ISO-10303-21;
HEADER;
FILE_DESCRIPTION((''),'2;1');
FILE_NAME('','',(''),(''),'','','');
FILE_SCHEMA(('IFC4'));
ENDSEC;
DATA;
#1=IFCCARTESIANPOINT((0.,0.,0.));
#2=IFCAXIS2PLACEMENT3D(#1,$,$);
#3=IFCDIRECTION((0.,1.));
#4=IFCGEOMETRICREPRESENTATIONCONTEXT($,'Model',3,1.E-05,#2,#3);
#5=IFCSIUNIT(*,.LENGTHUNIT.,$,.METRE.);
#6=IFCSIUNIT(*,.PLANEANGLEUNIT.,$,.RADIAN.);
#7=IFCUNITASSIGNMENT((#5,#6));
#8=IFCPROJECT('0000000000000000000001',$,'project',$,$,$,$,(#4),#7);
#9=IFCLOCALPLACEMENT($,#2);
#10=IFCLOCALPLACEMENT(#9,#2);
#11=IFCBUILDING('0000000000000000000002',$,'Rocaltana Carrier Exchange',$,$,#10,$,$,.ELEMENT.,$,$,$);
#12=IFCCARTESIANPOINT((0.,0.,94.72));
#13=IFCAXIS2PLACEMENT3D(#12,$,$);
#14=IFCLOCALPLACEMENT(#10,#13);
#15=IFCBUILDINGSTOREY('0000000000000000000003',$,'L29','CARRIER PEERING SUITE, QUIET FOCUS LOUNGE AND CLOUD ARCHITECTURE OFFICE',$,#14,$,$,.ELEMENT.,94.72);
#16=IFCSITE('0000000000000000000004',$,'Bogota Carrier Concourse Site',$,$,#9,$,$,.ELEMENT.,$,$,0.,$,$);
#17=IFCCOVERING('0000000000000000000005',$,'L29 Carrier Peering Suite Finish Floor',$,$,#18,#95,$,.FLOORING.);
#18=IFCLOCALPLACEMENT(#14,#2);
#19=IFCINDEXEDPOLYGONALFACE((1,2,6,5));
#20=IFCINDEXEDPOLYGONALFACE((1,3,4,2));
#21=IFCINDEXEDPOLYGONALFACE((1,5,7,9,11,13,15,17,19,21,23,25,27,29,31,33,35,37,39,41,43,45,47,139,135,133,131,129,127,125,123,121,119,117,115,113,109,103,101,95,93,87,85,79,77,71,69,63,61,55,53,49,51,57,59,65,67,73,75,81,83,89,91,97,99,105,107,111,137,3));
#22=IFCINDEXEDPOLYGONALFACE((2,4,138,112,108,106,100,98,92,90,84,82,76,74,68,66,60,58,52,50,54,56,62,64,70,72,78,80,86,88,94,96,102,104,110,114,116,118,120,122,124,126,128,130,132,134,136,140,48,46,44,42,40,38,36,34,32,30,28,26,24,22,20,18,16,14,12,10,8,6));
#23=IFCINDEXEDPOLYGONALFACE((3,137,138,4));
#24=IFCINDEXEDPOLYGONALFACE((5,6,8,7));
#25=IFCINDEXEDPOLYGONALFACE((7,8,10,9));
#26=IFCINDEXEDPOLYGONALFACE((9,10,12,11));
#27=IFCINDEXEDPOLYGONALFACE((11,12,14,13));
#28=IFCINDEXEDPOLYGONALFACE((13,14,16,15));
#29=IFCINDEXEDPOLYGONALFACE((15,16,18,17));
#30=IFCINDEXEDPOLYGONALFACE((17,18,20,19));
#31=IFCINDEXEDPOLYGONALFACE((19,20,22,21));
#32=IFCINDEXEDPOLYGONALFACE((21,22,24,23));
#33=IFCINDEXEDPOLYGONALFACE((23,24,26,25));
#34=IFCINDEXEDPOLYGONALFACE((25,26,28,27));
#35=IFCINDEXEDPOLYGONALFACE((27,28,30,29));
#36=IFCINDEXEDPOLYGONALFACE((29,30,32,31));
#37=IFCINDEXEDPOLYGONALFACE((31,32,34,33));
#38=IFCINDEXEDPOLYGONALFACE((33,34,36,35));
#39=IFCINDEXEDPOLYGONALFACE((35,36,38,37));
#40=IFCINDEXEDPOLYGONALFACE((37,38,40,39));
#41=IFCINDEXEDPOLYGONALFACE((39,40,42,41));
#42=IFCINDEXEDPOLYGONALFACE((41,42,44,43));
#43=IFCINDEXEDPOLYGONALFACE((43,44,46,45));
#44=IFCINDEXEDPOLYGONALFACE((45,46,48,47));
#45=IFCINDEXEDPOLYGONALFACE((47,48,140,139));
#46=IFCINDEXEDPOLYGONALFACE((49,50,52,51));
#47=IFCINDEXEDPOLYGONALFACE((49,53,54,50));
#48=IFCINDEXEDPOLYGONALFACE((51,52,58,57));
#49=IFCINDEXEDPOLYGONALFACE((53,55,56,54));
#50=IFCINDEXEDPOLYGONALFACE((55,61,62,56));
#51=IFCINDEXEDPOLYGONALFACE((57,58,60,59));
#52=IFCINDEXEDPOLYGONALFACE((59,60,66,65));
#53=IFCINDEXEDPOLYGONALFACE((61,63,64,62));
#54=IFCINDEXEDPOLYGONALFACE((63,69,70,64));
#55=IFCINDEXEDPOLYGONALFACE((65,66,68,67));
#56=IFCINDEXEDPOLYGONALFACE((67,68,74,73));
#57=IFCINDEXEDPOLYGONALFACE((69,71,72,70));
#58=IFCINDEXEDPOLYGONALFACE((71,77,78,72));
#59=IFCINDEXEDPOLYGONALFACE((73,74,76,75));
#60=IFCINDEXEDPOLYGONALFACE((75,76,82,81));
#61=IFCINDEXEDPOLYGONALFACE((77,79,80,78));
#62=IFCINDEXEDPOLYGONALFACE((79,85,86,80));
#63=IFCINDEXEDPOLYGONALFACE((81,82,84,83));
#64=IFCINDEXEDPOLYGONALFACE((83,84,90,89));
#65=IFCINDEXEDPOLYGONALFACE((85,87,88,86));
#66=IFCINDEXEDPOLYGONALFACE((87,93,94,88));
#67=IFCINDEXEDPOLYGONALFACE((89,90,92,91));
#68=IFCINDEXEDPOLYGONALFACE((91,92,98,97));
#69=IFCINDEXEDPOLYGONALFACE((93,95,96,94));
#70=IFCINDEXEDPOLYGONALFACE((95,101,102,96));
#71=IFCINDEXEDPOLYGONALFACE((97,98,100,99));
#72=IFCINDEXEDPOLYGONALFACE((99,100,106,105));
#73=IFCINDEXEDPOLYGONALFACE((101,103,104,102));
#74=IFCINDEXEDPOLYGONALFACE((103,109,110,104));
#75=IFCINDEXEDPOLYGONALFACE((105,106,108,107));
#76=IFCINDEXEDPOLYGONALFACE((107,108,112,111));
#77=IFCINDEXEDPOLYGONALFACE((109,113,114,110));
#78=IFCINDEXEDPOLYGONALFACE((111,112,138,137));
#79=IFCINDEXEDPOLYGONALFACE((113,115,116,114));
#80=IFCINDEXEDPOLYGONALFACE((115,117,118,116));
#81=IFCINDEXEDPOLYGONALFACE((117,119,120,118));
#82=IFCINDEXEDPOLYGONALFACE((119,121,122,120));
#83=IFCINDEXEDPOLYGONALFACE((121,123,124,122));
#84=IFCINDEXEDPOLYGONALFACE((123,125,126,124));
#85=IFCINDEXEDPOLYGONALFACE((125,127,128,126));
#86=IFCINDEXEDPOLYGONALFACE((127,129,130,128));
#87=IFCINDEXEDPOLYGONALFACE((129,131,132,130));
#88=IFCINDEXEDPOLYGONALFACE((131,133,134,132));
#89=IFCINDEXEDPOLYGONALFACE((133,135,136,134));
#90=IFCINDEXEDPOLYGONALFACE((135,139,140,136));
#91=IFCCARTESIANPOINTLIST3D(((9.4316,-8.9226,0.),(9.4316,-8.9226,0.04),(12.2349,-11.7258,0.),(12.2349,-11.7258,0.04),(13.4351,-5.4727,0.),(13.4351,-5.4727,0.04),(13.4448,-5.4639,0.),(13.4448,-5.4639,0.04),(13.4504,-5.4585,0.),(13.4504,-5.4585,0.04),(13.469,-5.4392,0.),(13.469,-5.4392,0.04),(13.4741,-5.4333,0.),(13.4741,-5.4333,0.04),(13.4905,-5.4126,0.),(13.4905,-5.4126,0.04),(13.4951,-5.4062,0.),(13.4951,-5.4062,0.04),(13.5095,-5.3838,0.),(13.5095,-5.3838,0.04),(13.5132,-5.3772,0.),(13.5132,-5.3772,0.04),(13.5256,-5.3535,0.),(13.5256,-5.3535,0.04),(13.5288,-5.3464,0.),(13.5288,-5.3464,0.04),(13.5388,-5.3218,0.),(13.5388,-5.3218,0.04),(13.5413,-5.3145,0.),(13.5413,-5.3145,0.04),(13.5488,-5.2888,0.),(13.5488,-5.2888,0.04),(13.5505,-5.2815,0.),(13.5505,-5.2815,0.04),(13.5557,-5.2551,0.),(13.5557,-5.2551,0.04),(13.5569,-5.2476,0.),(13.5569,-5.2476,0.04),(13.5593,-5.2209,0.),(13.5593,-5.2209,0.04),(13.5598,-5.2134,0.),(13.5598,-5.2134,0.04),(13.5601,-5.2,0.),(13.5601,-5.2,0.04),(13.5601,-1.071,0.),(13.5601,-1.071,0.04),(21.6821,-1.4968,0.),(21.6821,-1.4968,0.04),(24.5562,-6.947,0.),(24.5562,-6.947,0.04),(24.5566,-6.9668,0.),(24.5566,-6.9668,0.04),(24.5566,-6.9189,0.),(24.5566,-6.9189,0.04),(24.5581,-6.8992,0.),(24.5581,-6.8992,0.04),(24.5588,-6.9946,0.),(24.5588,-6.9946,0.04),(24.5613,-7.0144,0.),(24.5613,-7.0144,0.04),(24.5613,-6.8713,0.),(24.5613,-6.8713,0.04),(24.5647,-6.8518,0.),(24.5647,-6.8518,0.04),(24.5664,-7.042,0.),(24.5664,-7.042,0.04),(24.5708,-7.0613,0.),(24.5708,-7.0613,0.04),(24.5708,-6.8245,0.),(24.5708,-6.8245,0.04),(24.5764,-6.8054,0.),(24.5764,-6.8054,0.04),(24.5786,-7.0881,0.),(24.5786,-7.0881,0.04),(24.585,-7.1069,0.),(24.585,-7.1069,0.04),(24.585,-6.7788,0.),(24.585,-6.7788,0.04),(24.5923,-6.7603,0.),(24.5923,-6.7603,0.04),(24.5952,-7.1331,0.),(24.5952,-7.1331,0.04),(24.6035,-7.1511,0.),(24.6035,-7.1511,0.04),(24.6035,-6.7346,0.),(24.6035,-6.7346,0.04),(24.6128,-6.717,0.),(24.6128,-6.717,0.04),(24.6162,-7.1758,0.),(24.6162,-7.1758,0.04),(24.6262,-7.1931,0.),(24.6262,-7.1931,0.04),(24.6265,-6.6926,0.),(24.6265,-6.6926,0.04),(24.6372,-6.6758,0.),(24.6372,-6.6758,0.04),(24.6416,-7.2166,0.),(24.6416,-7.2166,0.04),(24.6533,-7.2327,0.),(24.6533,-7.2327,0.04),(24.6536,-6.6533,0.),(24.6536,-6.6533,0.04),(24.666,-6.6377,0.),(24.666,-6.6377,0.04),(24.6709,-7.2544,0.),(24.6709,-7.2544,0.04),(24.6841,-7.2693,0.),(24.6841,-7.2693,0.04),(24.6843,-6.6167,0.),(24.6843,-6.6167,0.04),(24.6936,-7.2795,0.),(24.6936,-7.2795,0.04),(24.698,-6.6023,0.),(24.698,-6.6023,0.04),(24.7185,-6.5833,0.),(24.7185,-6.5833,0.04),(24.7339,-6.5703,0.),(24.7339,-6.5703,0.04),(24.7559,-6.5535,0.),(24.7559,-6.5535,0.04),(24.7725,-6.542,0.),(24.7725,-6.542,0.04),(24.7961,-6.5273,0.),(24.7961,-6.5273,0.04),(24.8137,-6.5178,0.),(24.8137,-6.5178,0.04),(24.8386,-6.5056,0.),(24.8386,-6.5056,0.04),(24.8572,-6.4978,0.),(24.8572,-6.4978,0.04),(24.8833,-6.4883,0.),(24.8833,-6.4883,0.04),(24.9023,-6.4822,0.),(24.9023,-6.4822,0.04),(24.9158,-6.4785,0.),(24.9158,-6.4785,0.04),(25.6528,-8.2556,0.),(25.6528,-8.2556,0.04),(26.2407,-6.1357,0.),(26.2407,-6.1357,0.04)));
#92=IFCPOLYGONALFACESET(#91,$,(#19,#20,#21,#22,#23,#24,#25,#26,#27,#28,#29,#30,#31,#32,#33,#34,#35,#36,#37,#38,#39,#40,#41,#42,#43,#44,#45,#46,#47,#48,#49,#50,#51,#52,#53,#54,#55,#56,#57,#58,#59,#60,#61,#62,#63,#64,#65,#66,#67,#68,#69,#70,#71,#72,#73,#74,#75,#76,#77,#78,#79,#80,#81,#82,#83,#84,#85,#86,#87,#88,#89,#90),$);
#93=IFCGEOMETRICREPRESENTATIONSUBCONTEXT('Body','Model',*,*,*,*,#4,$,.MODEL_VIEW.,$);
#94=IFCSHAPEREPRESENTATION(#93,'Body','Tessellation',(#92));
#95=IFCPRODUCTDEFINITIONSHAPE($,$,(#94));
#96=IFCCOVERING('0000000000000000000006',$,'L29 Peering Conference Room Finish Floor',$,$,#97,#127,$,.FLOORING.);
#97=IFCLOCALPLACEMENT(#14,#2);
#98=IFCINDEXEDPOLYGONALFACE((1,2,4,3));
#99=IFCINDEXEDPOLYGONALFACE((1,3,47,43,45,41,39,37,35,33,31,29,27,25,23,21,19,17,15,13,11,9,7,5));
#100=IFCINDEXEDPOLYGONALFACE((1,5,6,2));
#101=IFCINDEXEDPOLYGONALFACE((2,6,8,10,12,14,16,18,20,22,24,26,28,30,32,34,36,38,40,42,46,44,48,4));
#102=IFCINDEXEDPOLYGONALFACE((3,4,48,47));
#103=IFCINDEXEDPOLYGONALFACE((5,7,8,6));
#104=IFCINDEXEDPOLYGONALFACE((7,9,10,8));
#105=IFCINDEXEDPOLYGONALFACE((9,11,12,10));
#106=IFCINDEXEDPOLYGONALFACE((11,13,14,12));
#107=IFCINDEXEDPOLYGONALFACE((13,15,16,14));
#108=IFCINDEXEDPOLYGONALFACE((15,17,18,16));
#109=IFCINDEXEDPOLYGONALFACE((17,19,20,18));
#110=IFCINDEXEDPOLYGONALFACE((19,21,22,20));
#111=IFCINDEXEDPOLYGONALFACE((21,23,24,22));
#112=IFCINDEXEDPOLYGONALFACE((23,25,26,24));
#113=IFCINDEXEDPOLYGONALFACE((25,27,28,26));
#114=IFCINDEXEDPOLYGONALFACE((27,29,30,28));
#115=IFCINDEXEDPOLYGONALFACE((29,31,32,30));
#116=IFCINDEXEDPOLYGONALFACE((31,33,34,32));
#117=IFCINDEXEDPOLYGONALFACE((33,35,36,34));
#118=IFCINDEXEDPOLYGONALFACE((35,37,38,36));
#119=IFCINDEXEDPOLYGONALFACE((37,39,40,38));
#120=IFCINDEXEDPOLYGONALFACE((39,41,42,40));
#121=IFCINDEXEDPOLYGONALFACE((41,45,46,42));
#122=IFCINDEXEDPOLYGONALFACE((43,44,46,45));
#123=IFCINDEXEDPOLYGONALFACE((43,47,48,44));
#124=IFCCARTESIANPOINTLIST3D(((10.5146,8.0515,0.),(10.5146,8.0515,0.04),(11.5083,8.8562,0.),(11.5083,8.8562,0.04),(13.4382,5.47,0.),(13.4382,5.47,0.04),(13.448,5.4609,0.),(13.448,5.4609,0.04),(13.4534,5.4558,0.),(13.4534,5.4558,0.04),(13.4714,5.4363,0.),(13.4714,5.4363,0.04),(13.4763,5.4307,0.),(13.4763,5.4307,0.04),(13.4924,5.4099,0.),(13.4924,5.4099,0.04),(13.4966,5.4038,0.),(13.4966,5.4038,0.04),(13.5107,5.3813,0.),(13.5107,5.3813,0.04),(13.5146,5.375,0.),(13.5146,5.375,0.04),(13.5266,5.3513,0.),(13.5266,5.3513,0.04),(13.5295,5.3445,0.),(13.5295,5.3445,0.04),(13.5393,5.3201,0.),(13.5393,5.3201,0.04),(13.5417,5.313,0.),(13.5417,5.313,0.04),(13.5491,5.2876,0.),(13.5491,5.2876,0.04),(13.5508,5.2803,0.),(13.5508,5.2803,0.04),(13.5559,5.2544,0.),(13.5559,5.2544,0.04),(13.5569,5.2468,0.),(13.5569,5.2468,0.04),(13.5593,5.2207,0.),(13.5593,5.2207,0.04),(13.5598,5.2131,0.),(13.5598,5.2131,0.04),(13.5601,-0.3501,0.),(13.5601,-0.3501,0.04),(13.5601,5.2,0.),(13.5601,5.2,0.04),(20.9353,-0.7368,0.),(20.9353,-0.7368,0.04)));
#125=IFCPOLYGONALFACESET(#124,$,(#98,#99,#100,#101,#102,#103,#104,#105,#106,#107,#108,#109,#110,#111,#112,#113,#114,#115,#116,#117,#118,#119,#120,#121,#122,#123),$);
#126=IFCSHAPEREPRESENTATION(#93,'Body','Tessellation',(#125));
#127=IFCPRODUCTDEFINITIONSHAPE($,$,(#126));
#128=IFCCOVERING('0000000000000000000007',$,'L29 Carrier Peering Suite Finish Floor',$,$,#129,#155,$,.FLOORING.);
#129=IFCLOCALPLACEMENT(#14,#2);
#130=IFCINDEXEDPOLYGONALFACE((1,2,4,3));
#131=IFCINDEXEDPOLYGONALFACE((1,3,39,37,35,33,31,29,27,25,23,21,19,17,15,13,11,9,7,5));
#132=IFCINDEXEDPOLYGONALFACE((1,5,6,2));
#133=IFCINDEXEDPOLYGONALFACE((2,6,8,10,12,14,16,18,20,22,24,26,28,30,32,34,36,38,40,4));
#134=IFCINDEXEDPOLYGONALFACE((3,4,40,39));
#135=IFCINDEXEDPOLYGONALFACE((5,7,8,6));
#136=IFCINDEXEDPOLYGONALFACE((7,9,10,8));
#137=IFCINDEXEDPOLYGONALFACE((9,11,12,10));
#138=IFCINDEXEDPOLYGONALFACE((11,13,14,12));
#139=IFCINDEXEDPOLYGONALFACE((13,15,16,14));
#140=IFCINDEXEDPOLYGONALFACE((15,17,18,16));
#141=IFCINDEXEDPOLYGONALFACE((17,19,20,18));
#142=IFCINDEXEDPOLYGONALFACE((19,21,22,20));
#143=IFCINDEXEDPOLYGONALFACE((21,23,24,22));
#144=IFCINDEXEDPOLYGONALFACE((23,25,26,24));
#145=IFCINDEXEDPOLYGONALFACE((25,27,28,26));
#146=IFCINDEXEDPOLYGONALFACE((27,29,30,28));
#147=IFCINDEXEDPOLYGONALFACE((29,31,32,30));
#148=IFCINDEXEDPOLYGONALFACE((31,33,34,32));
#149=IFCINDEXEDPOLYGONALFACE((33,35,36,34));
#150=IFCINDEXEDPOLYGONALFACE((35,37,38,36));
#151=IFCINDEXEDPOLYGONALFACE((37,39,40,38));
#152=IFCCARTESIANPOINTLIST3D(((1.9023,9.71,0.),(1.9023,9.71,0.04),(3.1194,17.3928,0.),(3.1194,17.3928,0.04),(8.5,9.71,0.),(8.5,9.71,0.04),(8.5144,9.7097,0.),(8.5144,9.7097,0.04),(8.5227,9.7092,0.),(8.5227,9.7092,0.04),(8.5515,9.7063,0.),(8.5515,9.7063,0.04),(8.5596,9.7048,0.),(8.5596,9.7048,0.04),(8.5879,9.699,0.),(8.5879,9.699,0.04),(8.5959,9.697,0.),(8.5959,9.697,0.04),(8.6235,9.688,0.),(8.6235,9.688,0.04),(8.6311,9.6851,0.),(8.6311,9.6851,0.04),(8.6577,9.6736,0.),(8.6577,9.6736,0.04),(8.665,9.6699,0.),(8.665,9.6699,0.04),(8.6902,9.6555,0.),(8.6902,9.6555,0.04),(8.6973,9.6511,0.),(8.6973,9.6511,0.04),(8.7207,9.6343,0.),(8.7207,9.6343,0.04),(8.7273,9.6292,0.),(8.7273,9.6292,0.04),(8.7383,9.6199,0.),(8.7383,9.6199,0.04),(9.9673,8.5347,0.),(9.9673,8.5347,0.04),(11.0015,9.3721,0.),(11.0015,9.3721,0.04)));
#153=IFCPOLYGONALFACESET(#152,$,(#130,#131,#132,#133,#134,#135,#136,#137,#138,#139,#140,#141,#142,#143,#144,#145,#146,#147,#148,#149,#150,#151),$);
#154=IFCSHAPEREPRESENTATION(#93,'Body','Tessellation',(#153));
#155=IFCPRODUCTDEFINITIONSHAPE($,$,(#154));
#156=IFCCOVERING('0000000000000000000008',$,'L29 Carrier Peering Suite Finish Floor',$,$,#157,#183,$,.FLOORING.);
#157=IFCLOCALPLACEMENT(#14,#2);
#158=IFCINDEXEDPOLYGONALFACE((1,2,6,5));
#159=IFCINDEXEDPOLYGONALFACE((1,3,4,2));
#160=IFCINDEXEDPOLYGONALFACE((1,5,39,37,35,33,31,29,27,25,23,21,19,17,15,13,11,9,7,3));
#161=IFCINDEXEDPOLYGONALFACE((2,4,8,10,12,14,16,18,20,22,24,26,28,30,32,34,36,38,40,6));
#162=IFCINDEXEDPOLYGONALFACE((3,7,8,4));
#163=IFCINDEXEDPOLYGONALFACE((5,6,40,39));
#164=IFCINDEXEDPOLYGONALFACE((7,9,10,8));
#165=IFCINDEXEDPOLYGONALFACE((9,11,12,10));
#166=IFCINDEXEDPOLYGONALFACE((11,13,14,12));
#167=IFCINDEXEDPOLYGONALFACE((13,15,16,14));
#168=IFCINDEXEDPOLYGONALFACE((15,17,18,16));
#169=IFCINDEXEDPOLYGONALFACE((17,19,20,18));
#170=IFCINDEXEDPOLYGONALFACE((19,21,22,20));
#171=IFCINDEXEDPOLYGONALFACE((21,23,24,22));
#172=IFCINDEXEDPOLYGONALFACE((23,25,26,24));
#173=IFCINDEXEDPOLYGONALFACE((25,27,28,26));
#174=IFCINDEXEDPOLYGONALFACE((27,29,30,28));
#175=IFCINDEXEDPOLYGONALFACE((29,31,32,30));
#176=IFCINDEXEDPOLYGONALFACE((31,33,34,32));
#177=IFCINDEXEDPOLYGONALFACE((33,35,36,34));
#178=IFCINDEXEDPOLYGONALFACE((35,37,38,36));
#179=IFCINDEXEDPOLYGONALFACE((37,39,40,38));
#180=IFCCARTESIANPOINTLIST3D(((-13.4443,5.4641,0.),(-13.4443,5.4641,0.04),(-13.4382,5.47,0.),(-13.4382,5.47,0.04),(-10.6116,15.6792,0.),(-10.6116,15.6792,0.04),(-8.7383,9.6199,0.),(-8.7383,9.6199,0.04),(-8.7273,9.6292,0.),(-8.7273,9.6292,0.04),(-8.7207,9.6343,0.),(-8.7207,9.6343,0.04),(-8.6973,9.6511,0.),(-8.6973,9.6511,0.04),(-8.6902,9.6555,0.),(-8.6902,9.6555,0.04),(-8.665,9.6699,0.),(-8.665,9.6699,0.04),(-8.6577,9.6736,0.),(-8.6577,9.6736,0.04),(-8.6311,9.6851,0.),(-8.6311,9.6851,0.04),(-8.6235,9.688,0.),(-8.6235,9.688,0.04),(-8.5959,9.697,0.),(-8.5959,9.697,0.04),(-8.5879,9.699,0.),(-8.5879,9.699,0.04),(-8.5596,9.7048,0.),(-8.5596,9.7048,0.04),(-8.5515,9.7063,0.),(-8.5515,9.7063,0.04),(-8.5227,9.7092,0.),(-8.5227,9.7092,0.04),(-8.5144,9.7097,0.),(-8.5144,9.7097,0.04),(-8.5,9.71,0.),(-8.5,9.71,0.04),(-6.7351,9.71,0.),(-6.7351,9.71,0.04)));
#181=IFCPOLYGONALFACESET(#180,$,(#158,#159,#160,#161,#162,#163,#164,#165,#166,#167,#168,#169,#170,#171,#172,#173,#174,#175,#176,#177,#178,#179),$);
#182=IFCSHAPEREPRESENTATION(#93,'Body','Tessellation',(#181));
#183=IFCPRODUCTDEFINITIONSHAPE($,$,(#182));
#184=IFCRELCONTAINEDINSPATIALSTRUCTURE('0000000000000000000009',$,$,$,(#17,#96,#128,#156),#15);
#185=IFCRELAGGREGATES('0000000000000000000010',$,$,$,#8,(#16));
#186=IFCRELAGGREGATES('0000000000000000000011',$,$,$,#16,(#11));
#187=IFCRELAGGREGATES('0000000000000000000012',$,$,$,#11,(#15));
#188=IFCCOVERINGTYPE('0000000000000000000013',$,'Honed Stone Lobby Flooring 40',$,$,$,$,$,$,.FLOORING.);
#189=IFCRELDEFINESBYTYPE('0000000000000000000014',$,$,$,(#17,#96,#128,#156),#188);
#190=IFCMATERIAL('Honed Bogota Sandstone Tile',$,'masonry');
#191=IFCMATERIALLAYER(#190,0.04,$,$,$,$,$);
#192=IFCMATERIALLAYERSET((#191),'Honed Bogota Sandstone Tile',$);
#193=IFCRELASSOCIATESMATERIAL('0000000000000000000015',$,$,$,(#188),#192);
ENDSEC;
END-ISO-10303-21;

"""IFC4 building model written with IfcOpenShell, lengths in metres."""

from ifc_helpers import new_model, si_unit, direction, frame, origin, place, context, subcontext, project, spatial, polyline, outline, extrude, material, layer, layer_set, type_object, element, save


model = new_model("IFC4")

# Units and contexts
model_context = context("Model", 3, precision=1e-05, world=origin(), true_north=direction((0.0, 1.0)))
body_context = subcontext(model_context, "Body", "Model", "MODEL_VIEW")
ifc_project = project(units=[si_unit("LENGTHUNIT", "METRE"), si_unit("PLANEANGLEUNIT", "RADIAN")], contexts=[model_context])

# Site, building, storey
site_placement = place(None, origin())
site = spatial("IfcSite", under=ifc_project, at=site_placement, Name="Bogota Carrier Concourse Site", CompositionType="ELEMENT", RefElevation=0.0)
building_placement = place(site_placement, origin())
building = spatial("IfcBuilding", under=site, at=building_placement, Name="Rocaltana Carrier Exchange", CompositionType="ELEMENT")
storey_placement = place(building_placement, frame((0.0, 0.0, 94.72)))
storey = spatial("IfcBuildingStorey", under=building, at=storey_placement, Name="L29", Description="CARRIER PEERING SUITE, QUIET FOCUS LOUNGE AND CLOUD ARCHITECTURE OFFICE", CompositionType="ELEMENT", Elevation=94.72)

# Coverings
ifc_material_1 = material(Name="Honed Bogota Sandstone Tile", Category="masonry")
ifc_layer_1 = layer(ifc_material_1, 0.04)
ifc_layer_set_1 = layer_set([ifc_layer_1], Name="Honed Bogota Sandstone Tile")
covering_type_1 = type_object("IfcCoveringType", Name="Honed Stone Lobby Flooring 40", PredefinedType="FLOORING", material=ifc_layer_set_1)
covering_1_placement = place(storey_placement, origin())
element("IfcCovering", 1, at=covering_1_placement, inside=storey, type_object=covering_type_1, Name="L29 Carrier Peering Suite Finish Floor", PredefinedType="FLOORING", context=body_context, shape_type="SweptSolid", body=[
    extrude(outline(polyline([(26.2407, -6.1357), (24.9158, -6.4785), (24.9023, -6.4822), (24.8833, -6.4883), (24.8572, -6.4978), (24.8386, -6.5056), (24.8137, -6.5178), (24.7961, -6.5273), (24.7725, -6.542), (24.7559, -6.5535), (24.7339, -6.5703), (24.7185, -6.5833), (24.698, -6.6023), (24.6843, -6.6167), (24.666, -6.6377), (24.6536, -6.6533), (24.6372, -6.6758), (24.6265, -6.6926), (24.6128, -6.717), (24.6035, -6.7346), (24.5923, -6.7603), (24.585, -6.7788), (24.5764, -6.8054), (24.5708, -6.8245), (24.5647, -6.8518), (24.5613, -6.8713), (24.5581, -6.8992), (24.5566, -6.9189), (24.5562, -6.947), (24.5566, -6.9668), (24.5588, -6.9946), (24.5613, -7.0144), (24.5664, -7.042), (24.5708, -7.0613), (24.5786, -7.0881), (24.585, -7.1069), (24.5952, -7.1331), (24.6035, -7.1511), (24.6162, -7.1758), (24.6262, -7.1931), (24.6416, -7.2166), (24.6533, -7.2327), (24.6709, -7.2544), (24.6841, -7.2693), (24.6936, -7.2795), (25.6528, -8.2556), (12.2349, -11.7258), (9.4316, -8.9226), (13.4351, -5.4727), (13.4448, -5.4639), (13.4504, -5.4585), (13.469, -5.4392), (13.4741, -5.4333), (13.4905, -5.4126), (13.4951, -5.4062), (13.5095, -5.3838), (13.5132, -5.3772), (13.5256, -5.3535), (13.5288, -5.3464), (13.5388, -5.3218), (13.5413, -5.3145), (13.5488, -5.2888), (13.5505, -5.2815), (13.5557, -5.2551), (13.5569, -5.2476), (13.5593, -5.2209), (13.5598, -5.2134), (13.5601, -5.2), (13.5601, -1.071), (21.6821, -1.4968), (26.2407, -6.1357)])), origin(), (0.0, 0.0, 1.0), 0.04),
])
covering_2_placement = place(storey_placement, origin())
element("IfcCovering", 2, at=covering_2_placement, inside=storey, type_object=covering_type_1, Name="L29 Peering Conference Room Finish Floor", PredefinedType="FLOORING", context=body_context, shape_type="SweptSolid", body=[
    extrude(outline(polyline([(20.9353, -0.7368), (13.5601, -0.3501), (13.5601, 5.2), (13.5598, 5.2131), (13.5593, 5.2207), (13.5569, 5.2468), (13.5559, 5.2544), (13.5508, 5.2803), (13.5491, 5.2876), (13.5417, 5.313), (13.5393, 5.3201), (13.5295, 5.3445), (13.5266, 5.3513), (13.5146, 5.375), (13.5107, 5.3813), (13.4966, 5.4038), (13.4924, 5.4099), (13.4763, 5.4307), (13.4714, 5.4363), (13.4534, 5.4558), (13.448, 5.4609), (13.4382, 5.47), (10.5146, 8.0515), (11.5083, 8.8562), (20.9353, -0.7368)])), origin(), (0.0, 0.0, 1.0), 0.04),
])
covering_3_placement = place(storey_placement, origin())
element("IfcCovering", 3, at=covering_3_placement, inside=storey, type_object=covering_type_1, Name="L29 Carrier Peering Suite Finish Floor", PredefinedType="FLOORING", context=body_context, shape_type="SweptSolid", body=[
    extrude(outline(polyline([(11.0015, 9.3721), (9.9673, 8.5347), (8.7383, 9.6199), (8.7273, 9.6292), (8.7207, 9.6343), (8.6973, 9.6511), (8.6902, 9.6555), (8.665, 9.6699), (8.6577, 9.6736), (8.6311, 9.6851), (8.6235, 9.688), (8.5959, 9.697), (8.5879, 9.699), (8.5596, 9.7048), (8.5515, 9.7063), (8.5227, 9.7092), (8.5144, 9.7097), (8.5, 9.71), (1.9023, 9.71), (3.1194, 17.3928), (11.0015, 9.3721)])), origin(), (0.0, 0.0, 1.0), 0.04),
])
covering_4_placement = place(storey_placement, origin())
element("IfcCovering", 4, at=covering_4_placement, inside=storey, type_object=covering_type_1, Name="L29 Carrier Peering Suite Finish Floor", PredefinedType="FLOORING", context=body_context, shape_type="SweptSolid", body=[
    extrude(outline(polyline([(-13.4443, 5.4641), (-10.6116, 15.6792), (-6.7351, 9.71), (-8.5, 9.71), (-8.5144, 9.7097), (-8.5227, 9.7092), (-8.5515, 9.7063), (-8.5596, 9.7048), (-8.5879, 9.699), (-8.5959, 9.697), (-8.6235, 9.688), (-8.6311, 9.6851), (-8.6577, 9.6736), (-8.665, 9.6699), (-8.6902, 9.6555), (-8.6973, 9.6511), (-8.7207, 9.6343), (-8.7273, 9.6292), (-8.7383, 9.6199), (-13.4382, 5.47), (-13.4443, 5.4641)])), origin(), (0.0, 0.0, 1.0), 0.04),
])

save(model, "model.ifc")
